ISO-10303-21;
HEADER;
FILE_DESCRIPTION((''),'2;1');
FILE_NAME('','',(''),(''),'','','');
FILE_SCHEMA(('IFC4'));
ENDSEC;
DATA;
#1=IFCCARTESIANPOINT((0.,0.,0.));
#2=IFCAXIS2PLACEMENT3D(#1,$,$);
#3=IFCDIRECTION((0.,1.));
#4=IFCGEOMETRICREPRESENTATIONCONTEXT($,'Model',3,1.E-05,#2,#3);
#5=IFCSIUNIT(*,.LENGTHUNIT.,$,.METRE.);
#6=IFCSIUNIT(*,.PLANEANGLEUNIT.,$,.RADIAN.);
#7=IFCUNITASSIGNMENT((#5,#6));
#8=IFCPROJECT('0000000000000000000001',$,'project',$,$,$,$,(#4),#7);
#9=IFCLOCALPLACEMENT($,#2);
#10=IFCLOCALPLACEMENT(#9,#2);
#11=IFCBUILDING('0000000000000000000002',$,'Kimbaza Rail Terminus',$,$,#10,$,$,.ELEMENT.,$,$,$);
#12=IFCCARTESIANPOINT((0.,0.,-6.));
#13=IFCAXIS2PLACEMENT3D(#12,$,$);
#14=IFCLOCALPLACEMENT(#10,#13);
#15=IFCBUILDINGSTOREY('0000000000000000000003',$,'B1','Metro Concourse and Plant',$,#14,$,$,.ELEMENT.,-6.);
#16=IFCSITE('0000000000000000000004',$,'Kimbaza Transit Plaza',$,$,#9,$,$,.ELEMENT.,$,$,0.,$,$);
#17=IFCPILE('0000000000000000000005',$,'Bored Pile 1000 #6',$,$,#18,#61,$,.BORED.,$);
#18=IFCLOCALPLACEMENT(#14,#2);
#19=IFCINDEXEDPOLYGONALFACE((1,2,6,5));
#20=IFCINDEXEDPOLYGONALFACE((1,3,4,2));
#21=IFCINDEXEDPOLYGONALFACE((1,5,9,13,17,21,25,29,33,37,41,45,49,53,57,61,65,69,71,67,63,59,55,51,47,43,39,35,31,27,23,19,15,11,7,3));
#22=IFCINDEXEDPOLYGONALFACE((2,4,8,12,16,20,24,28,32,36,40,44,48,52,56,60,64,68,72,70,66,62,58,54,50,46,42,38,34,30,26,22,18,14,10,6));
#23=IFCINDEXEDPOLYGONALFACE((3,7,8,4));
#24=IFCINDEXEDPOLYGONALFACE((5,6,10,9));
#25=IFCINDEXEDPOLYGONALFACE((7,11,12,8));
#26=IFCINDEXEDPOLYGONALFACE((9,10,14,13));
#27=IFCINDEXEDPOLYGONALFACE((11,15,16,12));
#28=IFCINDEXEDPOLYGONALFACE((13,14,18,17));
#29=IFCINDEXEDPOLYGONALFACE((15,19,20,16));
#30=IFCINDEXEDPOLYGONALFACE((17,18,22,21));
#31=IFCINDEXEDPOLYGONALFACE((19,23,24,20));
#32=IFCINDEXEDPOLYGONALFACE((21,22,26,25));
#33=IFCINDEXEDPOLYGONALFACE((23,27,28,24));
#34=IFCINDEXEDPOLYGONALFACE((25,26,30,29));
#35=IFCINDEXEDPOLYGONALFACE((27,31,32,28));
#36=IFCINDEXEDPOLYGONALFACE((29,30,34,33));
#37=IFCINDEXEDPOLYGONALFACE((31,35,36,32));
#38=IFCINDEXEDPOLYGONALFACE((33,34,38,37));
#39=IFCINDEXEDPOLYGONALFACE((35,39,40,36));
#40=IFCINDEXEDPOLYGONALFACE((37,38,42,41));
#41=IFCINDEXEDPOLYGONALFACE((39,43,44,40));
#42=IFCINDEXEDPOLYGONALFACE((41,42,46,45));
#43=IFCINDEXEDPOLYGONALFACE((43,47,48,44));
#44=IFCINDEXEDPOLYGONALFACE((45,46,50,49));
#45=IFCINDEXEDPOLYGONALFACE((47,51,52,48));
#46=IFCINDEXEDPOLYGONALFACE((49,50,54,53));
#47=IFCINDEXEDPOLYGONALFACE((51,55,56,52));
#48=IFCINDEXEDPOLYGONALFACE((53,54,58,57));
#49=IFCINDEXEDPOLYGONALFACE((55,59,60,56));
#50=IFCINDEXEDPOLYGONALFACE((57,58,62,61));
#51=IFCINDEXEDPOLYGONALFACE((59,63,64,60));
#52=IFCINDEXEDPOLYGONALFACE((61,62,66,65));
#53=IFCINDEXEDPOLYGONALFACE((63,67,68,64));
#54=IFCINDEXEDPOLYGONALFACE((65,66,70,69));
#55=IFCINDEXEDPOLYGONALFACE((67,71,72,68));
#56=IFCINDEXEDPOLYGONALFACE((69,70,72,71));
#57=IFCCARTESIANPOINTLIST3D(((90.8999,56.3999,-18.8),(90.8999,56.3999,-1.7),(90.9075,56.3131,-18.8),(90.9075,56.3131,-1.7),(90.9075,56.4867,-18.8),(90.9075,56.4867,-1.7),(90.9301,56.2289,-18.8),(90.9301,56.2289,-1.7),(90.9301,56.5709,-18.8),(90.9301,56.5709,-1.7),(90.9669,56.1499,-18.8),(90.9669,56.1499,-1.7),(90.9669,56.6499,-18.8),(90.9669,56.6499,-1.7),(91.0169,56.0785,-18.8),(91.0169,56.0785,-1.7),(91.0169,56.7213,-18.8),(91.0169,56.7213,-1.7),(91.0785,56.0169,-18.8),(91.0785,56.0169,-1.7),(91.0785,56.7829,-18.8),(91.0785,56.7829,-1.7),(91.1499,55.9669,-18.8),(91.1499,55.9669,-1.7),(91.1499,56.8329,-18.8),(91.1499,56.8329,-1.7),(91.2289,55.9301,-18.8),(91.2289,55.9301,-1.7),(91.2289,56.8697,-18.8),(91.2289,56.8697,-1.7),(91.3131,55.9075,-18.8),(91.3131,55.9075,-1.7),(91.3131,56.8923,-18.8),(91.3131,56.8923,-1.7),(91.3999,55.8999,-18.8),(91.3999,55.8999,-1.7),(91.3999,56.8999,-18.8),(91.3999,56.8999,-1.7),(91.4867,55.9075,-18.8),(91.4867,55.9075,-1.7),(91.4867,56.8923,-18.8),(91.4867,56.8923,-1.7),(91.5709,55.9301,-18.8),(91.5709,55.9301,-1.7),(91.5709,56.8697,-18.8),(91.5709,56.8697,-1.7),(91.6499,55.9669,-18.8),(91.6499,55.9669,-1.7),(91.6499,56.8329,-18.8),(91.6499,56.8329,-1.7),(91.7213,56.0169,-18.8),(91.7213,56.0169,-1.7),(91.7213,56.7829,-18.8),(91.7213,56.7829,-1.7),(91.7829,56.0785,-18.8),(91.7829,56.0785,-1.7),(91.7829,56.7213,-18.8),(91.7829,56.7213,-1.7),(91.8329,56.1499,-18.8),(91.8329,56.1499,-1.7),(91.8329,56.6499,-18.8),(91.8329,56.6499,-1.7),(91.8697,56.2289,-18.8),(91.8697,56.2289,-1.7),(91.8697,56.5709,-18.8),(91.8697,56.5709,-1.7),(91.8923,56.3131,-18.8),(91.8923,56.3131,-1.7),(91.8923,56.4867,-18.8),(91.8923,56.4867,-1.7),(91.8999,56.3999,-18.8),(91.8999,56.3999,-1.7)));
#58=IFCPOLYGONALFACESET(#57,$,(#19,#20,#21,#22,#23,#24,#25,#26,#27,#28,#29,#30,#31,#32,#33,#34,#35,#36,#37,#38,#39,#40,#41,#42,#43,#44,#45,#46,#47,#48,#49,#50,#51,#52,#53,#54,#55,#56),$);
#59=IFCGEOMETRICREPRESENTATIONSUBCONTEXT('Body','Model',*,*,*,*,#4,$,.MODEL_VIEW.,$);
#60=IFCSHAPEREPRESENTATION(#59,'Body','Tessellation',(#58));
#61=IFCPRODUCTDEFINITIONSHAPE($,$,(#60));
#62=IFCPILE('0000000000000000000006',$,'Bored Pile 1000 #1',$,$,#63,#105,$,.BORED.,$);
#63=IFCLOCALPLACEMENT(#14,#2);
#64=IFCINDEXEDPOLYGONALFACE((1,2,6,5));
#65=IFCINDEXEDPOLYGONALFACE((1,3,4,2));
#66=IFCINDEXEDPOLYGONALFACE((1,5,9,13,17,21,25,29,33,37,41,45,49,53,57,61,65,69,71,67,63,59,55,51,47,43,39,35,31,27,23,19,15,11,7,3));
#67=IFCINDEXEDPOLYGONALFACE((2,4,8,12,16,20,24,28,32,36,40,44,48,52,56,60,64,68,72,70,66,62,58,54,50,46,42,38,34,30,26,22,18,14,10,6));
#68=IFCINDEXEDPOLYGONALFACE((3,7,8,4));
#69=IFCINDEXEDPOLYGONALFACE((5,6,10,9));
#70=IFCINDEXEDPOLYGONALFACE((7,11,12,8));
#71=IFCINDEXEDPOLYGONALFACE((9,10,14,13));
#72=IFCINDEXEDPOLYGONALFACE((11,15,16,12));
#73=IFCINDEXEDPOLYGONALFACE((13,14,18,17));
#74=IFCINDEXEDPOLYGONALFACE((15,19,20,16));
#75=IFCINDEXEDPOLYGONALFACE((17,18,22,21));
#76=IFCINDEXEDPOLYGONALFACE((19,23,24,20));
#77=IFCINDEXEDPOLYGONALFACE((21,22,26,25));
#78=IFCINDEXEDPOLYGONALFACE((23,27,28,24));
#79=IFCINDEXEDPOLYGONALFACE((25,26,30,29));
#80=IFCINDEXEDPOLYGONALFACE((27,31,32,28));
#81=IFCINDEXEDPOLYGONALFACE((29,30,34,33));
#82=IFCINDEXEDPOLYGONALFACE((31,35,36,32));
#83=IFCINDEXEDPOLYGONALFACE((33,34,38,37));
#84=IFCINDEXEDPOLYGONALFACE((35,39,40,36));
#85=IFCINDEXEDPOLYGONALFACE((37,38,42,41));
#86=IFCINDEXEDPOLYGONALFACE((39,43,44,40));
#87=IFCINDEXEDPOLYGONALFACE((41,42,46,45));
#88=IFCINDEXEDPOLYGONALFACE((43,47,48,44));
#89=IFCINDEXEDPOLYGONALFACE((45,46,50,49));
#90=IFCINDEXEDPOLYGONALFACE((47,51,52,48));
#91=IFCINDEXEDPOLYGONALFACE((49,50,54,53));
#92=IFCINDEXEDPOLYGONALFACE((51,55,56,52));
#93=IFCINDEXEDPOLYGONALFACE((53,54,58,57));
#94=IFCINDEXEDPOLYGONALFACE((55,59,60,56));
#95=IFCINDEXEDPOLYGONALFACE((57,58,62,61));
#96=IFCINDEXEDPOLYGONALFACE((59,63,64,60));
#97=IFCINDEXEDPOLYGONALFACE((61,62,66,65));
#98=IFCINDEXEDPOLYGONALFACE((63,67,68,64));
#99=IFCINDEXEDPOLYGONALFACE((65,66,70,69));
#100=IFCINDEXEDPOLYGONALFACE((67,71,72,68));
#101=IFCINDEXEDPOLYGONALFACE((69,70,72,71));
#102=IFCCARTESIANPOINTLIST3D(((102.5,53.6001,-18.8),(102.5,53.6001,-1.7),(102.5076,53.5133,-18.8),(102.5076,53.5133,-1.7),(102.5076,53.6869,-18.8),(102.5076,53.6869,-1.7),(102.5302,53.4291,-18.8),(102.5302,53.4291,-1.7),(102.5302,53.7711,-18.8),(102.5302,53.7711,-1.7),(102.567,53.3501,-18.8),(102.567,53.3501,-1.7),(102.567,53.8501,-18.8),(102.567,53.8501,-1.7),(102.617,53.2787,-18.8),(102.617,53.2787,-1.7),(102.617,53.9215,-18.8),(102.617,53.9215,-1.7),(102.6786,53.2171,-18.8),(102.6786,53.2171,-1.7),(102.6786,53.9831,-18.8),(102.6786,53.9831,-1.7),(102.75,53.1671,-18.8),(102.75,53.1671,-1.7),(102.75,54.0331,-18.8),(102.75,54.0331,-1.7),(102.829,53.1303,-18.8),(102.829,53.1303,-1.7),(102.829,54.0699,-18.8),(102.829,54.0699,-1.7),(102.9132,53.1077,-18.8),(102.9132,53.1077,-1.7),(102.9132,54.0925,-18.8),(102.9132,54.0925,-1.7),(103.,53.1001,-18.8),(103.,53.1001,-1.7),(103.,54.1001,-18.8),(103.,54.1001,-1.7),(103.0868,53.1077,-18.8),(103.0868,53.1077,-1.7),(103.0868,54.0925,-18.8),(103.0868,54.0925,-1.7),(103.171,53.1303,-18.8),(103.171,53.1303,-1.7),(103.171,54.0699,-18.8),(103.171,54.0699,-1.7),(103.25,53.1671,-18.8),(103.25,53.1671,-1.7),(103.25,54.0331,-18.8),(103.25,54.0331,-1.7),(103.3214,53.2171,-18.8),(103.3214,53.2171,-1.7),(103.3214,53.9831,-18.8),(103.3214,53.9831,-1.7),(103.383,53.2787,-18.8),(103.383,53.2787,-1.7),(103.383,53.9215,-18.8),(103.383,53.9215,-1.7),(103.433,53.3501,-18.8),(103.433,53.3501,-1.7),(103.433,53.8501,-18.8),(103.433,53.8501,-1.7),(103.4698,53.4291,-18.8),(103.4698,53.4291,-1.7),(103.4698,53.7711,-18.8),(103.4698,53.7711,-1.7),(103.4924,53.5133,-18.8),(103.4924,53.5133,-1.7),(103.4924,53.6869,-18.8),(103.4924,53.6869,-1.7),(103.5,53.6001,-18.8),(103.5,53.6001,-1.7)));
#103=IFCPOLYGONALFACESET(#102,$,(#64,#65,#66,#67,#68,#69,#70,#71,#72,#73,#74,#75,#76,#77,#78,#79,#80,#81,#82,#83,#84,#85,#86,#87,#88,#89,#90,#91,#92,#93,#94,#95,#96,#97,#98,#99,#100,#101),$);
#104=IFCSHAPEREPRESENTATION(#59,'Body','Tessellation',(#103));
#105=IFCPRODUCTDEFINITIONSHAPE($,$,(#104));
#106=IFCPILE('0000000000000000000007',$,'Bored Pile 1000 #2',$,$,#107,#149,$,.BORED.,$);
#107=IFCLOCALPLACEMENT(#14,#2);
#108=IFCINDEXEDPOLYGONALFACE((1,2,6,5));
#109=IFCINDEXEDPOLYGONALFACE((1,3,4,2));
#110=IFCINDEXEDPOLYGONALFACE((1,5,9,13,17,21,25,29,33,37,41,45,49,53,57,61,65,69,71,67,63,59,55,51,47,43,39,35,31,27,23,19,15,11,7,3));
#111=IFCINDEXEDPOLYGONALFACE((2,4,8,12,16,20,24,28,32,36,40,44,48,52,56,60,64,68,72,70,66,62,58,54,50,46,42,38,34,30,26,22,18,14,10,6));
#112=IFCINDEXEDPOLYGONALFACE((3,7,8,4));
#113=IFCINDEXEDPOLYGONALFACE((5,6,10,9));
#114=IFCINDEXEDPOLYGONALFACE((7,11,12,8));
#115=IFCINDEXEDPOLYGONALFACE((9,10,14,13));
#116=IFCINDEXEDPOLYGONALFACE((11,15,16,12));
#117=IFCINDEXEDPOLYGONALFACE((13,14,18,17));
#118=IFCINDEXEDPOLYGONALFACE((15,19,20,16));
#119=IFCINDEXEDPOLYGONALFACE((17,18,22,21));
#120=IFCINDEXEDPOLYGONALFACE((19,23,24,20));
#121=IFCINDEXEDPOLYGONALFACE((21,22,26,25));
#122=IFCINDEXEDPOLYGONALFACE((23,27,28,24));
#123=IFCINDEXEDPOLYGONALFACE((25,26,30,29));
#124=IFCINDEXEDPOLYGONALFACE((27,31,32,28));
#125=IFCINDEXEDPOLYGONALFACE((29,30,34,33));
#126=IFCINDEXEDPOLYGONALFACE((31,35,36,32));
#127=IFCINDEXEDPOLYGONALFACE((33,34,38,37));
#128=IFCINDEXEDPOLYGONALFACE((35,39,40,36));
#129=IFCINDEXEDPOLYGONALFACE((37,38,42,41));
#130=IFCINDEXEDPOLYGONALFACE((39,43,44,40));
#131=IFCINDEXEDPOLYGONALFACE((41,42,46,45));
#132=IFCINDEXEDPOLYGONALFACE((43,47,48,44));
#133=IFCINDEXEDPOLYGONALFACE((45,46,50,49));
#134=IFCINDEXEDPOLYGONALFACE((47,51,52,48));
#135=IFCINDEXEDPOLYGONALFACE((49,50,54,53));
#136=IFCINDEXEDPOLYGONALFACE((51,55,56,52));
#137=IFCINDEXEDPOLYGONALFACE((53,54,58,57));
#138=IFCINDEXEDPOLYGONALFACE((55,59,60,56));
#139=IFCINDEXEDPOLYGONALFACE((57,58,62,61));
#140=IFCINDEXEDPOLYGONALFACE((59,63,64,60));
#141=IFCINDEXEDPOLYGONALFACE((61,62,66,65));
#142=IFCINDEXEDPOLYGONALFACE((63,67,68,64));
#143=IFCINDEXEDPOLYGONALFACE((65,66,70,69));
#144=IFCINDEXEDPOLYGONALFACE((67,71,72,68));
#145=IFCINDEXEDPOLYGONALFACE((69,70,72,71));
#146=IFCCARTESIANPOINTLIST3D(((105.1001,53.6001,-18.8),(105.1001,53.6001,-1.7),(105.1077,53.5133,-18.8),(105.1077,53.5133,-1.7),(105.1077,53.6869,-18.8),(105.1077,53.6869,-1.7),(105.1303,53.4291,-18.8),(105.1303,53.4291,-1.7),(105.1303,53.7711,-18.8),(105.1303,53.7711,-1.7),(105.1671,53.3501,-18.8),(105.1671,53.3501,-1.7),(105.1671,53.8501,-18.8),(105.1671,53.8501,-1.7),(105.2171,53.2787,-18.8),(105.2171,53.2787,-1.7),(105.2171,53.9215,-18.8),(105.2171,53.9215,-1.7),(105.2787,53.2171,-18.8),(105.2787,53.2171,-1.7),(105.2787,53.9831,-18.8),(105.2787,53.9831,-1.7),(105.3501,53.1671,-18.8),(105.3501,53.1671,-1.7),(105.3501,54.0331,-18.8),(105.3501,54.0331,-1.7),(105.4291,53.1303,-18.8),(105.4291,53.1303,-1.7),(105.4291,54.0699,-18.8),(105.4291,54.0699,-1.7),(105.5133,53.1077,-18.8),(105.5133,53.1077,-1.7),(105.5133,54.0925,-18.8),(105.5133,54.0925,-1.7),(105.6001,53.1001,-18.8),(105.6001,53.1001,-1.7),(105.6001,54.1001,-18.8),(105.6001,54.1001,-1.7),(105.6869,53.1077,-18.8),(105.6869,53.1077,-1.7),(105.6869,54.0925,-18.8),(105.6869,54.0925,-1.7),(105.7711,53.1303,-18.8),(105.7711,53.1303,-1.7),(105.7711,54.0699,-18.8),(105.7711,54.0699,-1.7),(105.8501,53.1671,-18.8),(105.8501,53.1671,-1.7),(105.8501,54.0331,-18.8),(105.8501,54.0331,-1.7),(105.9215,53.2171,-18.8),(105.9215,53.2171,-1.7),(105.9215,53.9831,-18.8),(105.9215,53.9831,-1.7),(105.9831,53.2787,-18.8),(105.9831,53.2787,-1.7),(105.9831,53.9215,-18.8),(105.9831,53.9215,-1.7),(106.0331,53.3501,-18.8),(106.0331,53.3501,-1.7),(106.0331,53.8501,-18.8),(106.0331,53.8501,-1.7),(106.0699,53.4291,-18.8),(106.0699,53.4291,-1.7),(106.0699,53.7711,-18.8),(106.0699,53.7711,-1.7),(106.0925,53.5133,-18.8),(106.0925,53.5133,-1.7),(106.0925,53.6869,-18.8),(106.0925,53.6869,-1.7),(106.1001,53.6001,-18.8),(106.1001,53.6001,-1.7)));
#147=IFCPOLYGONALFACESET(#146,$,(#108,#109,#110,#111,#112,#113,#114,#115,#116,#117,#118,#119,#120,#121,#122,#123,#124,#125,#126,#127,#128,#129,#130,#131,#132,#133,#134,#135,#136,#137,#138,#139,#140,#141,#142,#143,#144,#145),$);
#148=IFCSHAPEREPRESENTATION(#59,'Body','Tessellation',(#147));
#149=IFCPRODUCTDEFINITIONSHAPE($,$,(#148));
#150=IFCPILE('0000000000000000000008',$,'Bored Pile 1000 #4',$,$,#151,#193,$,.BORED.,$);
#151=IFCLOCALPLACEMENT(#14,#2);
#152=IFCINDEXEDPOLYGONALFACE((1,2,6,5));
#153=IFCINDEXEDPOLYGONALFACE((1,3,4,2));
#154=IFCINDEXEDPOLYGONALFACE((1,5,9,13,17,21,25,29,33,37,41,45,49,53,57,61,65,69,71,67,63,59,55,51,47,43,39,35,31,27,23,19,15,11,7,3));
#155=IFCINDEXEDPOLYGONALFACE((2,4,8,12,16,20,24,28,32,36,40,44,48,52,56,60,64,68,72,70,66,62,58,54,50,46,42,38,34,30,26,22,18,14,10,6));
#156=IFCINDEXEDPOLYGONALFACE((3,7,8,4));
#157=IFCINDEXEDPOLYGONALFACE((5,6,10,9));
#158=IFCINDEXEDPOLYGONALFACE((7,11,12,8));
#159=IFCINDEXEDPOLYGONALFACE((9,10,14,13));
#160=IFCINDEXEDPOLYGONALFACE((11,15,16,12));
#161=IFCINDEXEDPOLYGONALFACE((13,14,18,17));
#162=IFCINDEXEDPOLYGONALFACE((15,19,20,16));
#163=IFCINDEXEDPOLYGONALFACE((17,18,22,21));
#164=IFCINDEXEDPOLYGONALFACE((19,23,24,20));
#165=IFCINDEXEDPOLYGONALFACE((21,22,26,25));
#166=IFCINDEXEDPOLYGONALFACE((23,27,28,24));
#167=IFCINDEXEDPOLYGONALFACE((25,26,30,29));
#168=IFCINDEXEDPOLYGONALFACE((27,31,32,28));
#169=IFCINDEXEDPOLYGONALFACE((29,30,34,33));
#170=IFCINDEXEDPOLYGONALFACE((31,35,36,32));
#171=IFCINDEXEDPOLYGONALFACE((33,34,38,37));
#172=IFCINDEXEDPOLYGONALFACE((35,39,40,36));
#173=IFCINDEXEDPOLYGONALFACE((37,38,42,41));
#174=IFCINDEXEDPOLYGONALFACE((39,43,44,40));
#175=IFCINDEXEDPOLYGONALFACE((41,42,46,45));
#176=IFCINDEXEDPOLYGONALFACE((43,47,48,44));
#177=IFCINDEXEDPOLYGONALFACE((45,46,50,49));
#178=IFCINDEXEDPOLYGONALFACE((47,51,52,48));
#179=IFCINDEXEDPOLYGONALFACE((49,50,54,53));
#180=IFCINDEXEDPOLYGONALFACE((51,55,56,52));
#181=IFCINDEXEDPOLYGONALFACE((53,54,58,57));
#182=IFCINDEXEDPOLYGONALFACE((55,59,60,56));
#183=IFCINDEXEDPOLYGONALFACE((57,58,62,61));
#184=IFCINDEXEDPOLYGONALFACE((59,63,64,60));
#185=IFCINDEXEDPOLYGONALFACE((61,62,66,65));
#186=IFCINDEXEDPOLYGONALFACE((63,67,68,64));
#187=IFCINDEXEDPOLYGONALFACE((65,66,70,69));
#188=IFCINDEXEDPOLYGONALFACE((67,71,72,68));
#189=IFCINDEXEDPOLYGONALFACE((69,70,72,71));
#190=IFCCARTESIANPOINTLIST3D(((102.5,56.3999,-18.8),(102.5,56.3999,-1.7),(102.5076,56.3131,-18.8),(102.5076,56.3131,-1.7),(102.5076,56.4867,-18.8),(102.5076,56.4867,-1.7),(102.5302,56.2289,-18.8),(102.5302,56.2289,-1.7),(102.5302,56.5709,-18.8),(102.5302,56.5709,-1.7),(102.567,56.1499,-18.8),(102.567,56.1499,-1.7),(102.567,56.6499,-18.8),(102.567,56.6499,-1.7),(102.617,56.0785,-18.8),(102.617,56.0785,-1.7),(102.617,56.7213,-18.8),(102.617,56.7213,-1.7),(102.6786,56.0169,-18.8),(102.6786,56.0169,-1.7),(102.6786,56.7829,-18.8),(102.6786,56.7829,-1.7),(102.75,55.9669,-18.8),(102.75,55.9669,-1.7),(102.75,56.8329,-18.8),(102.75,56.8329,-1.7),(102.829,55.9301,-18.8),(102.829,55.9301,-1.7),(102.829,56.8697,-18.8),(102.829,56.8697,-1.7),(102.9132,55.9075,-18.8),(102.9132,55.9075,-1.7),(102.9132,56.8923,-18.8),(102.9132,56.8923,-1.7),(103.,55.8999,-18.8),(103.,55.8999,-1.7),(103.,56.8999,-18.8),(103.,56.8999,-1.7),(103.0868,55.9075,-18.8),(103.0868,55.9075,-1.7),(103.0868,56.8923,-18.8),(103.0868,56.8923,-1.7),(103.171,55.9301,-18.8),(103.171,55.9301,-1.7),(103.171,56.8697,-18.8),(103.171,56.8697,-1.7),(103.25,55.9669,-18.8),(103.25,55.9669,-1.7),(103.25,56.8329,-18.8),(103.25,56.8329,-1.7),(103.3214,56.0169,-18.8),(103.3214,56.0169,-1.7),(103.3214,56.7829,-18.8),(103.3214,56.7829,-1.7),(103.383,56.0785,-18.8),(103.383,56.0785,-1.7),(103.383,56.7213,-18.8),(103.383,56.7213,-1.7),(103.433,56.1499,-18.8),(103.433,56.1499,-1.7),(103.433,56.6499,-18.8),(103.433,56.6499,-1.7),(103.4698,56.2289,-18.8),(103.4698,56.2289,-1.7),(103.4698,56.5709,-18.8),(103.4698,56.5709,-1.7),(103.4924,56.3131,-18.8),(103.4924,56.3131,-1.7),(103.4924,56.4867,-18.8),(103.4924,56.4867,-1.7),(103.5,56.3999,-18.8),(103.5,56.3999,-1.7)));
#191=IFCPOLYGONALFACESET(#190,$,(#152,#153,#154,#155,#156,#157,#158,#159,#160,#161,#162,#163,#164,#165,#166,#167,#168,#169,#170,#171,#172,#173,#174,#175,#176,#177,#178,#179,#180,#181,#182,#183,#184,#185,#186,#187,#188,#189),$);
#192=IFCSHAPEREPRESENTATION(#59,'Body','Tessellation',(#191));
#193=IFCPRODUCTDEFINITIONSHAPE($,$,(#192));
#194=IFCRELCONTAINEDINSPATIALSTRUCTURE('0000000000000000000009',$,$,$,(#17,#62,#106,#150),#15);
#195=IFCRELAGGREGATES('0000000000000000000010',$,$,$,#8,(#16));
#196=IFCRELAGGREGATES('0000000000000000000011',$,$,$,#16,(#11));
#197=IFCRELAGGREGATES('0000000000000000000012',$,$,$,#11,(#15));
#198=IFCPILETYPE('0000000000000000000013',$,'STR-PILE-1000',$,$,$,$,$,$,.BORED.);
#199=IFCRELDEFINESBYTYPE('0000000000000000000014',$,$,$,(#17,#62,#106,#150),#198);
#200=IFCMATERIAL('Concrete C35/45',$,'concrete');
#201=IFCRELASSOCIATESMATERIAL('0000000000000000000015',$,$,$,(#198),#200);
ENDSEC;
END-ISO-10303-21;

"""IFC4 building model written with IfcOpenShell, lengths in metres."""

from ifc_helpers import new_model, si_unit, direction, frame, origin, origin_2d, place, context, subcontext, project, spatial, circle, extrude, material, material_profile, profile_set, type_object, element, save


model = new_model("IFC4")

# Units and contexts
model_context = context("Model", 3, precision=1e-05, world=origin(), true_north=direction((0.0, 1.0)))
body_context = subcontext(model_context, "Body", "Model", "MODEL_VIEW")
ifc_project = project(units=[si_unit("LENGTHUNIT", "METRE"), si_unit("PLANEANGLEUNIT", "RADIAN")], contexts=[model_context])

# Site, building, storey
site_placement = place(None, origin())
site = spatial("IfcSite", under=ifc_project, at=site_placement, Name="Kimbaza Transit Plaza", CompositionType="ELEMENT", RefElevation=0.0)
building_placement = place(site_placement, origin())
building = spatial("IfcBuilding", under=site, at=building_placement, Name="Kimbaza Rail Terminus", CompositionType="ELEMENT")
storey_placement = place(building_placement, frame((0.0, 0.0, -6.0)))
storey = spatial("IfcBuildingStorey", under=building, at=storey_placement, Name="B1", Description="Metro Concourse and Plant", CompositionType="ELEMENT", Elevation=-6.0)

# Piles
ifc_material_1 = material(Name="Concrete C35/45", Category="concrete")
ifc_material_profile_1 = material_profile(ifc_material_1, circle(Radius=0.5, at=origin_2d()), Name="BORED PILE 1000")
ifc_profile_set_1 = profile_set([ifc_material_profile_1], Name="Concrete C35/45")
pile_type_1 = type_object("IfcPileType", Name="STR-PILE-1000", PredefinedType="BORED", material=ifc_profile_set_1)
for number, where, z_axis, x_axis, name in (
    (1, (91.3999, 56.3999, -1.7), (0.0, 0.0, -1.0), (1.0, 0.0, 0.0), "Bored Pile 1000 #6"),
    (2, (103.0, 53.6001, -1.7), (0.0, 0.0, -1.0), (1.0, 0.0, 0.0), "Bored Pile 1000 #1"),
    (3, (105.6001, 53.6001, -1.7), (0.0, 0.0, -1.0), (1.0, 0.0, 0.0), "Bored Pile 1000 #2"),
    (4, (103.0, 56.3999, -1.7), (0.0, 0.0, -1.0), (1.0, 0.0, 0.0), "Bored Pile 1000 #4"),
):
    element("IfcPile", number, at=place(storey_placement, frame(where, z_axis=z_axis, x_axis=x_axis)), inside=storey, type_object=pile_type_1, Name=name, PredefinedType="BORED", context=body_context, shape_type="SweptSolid", body=[
        extrude(circle(Radius=0.5, at=origin_2d()), origin(), (0.0, 0.0, 1.0), 17.1001),
    ])

save(model, "model.ifc")
